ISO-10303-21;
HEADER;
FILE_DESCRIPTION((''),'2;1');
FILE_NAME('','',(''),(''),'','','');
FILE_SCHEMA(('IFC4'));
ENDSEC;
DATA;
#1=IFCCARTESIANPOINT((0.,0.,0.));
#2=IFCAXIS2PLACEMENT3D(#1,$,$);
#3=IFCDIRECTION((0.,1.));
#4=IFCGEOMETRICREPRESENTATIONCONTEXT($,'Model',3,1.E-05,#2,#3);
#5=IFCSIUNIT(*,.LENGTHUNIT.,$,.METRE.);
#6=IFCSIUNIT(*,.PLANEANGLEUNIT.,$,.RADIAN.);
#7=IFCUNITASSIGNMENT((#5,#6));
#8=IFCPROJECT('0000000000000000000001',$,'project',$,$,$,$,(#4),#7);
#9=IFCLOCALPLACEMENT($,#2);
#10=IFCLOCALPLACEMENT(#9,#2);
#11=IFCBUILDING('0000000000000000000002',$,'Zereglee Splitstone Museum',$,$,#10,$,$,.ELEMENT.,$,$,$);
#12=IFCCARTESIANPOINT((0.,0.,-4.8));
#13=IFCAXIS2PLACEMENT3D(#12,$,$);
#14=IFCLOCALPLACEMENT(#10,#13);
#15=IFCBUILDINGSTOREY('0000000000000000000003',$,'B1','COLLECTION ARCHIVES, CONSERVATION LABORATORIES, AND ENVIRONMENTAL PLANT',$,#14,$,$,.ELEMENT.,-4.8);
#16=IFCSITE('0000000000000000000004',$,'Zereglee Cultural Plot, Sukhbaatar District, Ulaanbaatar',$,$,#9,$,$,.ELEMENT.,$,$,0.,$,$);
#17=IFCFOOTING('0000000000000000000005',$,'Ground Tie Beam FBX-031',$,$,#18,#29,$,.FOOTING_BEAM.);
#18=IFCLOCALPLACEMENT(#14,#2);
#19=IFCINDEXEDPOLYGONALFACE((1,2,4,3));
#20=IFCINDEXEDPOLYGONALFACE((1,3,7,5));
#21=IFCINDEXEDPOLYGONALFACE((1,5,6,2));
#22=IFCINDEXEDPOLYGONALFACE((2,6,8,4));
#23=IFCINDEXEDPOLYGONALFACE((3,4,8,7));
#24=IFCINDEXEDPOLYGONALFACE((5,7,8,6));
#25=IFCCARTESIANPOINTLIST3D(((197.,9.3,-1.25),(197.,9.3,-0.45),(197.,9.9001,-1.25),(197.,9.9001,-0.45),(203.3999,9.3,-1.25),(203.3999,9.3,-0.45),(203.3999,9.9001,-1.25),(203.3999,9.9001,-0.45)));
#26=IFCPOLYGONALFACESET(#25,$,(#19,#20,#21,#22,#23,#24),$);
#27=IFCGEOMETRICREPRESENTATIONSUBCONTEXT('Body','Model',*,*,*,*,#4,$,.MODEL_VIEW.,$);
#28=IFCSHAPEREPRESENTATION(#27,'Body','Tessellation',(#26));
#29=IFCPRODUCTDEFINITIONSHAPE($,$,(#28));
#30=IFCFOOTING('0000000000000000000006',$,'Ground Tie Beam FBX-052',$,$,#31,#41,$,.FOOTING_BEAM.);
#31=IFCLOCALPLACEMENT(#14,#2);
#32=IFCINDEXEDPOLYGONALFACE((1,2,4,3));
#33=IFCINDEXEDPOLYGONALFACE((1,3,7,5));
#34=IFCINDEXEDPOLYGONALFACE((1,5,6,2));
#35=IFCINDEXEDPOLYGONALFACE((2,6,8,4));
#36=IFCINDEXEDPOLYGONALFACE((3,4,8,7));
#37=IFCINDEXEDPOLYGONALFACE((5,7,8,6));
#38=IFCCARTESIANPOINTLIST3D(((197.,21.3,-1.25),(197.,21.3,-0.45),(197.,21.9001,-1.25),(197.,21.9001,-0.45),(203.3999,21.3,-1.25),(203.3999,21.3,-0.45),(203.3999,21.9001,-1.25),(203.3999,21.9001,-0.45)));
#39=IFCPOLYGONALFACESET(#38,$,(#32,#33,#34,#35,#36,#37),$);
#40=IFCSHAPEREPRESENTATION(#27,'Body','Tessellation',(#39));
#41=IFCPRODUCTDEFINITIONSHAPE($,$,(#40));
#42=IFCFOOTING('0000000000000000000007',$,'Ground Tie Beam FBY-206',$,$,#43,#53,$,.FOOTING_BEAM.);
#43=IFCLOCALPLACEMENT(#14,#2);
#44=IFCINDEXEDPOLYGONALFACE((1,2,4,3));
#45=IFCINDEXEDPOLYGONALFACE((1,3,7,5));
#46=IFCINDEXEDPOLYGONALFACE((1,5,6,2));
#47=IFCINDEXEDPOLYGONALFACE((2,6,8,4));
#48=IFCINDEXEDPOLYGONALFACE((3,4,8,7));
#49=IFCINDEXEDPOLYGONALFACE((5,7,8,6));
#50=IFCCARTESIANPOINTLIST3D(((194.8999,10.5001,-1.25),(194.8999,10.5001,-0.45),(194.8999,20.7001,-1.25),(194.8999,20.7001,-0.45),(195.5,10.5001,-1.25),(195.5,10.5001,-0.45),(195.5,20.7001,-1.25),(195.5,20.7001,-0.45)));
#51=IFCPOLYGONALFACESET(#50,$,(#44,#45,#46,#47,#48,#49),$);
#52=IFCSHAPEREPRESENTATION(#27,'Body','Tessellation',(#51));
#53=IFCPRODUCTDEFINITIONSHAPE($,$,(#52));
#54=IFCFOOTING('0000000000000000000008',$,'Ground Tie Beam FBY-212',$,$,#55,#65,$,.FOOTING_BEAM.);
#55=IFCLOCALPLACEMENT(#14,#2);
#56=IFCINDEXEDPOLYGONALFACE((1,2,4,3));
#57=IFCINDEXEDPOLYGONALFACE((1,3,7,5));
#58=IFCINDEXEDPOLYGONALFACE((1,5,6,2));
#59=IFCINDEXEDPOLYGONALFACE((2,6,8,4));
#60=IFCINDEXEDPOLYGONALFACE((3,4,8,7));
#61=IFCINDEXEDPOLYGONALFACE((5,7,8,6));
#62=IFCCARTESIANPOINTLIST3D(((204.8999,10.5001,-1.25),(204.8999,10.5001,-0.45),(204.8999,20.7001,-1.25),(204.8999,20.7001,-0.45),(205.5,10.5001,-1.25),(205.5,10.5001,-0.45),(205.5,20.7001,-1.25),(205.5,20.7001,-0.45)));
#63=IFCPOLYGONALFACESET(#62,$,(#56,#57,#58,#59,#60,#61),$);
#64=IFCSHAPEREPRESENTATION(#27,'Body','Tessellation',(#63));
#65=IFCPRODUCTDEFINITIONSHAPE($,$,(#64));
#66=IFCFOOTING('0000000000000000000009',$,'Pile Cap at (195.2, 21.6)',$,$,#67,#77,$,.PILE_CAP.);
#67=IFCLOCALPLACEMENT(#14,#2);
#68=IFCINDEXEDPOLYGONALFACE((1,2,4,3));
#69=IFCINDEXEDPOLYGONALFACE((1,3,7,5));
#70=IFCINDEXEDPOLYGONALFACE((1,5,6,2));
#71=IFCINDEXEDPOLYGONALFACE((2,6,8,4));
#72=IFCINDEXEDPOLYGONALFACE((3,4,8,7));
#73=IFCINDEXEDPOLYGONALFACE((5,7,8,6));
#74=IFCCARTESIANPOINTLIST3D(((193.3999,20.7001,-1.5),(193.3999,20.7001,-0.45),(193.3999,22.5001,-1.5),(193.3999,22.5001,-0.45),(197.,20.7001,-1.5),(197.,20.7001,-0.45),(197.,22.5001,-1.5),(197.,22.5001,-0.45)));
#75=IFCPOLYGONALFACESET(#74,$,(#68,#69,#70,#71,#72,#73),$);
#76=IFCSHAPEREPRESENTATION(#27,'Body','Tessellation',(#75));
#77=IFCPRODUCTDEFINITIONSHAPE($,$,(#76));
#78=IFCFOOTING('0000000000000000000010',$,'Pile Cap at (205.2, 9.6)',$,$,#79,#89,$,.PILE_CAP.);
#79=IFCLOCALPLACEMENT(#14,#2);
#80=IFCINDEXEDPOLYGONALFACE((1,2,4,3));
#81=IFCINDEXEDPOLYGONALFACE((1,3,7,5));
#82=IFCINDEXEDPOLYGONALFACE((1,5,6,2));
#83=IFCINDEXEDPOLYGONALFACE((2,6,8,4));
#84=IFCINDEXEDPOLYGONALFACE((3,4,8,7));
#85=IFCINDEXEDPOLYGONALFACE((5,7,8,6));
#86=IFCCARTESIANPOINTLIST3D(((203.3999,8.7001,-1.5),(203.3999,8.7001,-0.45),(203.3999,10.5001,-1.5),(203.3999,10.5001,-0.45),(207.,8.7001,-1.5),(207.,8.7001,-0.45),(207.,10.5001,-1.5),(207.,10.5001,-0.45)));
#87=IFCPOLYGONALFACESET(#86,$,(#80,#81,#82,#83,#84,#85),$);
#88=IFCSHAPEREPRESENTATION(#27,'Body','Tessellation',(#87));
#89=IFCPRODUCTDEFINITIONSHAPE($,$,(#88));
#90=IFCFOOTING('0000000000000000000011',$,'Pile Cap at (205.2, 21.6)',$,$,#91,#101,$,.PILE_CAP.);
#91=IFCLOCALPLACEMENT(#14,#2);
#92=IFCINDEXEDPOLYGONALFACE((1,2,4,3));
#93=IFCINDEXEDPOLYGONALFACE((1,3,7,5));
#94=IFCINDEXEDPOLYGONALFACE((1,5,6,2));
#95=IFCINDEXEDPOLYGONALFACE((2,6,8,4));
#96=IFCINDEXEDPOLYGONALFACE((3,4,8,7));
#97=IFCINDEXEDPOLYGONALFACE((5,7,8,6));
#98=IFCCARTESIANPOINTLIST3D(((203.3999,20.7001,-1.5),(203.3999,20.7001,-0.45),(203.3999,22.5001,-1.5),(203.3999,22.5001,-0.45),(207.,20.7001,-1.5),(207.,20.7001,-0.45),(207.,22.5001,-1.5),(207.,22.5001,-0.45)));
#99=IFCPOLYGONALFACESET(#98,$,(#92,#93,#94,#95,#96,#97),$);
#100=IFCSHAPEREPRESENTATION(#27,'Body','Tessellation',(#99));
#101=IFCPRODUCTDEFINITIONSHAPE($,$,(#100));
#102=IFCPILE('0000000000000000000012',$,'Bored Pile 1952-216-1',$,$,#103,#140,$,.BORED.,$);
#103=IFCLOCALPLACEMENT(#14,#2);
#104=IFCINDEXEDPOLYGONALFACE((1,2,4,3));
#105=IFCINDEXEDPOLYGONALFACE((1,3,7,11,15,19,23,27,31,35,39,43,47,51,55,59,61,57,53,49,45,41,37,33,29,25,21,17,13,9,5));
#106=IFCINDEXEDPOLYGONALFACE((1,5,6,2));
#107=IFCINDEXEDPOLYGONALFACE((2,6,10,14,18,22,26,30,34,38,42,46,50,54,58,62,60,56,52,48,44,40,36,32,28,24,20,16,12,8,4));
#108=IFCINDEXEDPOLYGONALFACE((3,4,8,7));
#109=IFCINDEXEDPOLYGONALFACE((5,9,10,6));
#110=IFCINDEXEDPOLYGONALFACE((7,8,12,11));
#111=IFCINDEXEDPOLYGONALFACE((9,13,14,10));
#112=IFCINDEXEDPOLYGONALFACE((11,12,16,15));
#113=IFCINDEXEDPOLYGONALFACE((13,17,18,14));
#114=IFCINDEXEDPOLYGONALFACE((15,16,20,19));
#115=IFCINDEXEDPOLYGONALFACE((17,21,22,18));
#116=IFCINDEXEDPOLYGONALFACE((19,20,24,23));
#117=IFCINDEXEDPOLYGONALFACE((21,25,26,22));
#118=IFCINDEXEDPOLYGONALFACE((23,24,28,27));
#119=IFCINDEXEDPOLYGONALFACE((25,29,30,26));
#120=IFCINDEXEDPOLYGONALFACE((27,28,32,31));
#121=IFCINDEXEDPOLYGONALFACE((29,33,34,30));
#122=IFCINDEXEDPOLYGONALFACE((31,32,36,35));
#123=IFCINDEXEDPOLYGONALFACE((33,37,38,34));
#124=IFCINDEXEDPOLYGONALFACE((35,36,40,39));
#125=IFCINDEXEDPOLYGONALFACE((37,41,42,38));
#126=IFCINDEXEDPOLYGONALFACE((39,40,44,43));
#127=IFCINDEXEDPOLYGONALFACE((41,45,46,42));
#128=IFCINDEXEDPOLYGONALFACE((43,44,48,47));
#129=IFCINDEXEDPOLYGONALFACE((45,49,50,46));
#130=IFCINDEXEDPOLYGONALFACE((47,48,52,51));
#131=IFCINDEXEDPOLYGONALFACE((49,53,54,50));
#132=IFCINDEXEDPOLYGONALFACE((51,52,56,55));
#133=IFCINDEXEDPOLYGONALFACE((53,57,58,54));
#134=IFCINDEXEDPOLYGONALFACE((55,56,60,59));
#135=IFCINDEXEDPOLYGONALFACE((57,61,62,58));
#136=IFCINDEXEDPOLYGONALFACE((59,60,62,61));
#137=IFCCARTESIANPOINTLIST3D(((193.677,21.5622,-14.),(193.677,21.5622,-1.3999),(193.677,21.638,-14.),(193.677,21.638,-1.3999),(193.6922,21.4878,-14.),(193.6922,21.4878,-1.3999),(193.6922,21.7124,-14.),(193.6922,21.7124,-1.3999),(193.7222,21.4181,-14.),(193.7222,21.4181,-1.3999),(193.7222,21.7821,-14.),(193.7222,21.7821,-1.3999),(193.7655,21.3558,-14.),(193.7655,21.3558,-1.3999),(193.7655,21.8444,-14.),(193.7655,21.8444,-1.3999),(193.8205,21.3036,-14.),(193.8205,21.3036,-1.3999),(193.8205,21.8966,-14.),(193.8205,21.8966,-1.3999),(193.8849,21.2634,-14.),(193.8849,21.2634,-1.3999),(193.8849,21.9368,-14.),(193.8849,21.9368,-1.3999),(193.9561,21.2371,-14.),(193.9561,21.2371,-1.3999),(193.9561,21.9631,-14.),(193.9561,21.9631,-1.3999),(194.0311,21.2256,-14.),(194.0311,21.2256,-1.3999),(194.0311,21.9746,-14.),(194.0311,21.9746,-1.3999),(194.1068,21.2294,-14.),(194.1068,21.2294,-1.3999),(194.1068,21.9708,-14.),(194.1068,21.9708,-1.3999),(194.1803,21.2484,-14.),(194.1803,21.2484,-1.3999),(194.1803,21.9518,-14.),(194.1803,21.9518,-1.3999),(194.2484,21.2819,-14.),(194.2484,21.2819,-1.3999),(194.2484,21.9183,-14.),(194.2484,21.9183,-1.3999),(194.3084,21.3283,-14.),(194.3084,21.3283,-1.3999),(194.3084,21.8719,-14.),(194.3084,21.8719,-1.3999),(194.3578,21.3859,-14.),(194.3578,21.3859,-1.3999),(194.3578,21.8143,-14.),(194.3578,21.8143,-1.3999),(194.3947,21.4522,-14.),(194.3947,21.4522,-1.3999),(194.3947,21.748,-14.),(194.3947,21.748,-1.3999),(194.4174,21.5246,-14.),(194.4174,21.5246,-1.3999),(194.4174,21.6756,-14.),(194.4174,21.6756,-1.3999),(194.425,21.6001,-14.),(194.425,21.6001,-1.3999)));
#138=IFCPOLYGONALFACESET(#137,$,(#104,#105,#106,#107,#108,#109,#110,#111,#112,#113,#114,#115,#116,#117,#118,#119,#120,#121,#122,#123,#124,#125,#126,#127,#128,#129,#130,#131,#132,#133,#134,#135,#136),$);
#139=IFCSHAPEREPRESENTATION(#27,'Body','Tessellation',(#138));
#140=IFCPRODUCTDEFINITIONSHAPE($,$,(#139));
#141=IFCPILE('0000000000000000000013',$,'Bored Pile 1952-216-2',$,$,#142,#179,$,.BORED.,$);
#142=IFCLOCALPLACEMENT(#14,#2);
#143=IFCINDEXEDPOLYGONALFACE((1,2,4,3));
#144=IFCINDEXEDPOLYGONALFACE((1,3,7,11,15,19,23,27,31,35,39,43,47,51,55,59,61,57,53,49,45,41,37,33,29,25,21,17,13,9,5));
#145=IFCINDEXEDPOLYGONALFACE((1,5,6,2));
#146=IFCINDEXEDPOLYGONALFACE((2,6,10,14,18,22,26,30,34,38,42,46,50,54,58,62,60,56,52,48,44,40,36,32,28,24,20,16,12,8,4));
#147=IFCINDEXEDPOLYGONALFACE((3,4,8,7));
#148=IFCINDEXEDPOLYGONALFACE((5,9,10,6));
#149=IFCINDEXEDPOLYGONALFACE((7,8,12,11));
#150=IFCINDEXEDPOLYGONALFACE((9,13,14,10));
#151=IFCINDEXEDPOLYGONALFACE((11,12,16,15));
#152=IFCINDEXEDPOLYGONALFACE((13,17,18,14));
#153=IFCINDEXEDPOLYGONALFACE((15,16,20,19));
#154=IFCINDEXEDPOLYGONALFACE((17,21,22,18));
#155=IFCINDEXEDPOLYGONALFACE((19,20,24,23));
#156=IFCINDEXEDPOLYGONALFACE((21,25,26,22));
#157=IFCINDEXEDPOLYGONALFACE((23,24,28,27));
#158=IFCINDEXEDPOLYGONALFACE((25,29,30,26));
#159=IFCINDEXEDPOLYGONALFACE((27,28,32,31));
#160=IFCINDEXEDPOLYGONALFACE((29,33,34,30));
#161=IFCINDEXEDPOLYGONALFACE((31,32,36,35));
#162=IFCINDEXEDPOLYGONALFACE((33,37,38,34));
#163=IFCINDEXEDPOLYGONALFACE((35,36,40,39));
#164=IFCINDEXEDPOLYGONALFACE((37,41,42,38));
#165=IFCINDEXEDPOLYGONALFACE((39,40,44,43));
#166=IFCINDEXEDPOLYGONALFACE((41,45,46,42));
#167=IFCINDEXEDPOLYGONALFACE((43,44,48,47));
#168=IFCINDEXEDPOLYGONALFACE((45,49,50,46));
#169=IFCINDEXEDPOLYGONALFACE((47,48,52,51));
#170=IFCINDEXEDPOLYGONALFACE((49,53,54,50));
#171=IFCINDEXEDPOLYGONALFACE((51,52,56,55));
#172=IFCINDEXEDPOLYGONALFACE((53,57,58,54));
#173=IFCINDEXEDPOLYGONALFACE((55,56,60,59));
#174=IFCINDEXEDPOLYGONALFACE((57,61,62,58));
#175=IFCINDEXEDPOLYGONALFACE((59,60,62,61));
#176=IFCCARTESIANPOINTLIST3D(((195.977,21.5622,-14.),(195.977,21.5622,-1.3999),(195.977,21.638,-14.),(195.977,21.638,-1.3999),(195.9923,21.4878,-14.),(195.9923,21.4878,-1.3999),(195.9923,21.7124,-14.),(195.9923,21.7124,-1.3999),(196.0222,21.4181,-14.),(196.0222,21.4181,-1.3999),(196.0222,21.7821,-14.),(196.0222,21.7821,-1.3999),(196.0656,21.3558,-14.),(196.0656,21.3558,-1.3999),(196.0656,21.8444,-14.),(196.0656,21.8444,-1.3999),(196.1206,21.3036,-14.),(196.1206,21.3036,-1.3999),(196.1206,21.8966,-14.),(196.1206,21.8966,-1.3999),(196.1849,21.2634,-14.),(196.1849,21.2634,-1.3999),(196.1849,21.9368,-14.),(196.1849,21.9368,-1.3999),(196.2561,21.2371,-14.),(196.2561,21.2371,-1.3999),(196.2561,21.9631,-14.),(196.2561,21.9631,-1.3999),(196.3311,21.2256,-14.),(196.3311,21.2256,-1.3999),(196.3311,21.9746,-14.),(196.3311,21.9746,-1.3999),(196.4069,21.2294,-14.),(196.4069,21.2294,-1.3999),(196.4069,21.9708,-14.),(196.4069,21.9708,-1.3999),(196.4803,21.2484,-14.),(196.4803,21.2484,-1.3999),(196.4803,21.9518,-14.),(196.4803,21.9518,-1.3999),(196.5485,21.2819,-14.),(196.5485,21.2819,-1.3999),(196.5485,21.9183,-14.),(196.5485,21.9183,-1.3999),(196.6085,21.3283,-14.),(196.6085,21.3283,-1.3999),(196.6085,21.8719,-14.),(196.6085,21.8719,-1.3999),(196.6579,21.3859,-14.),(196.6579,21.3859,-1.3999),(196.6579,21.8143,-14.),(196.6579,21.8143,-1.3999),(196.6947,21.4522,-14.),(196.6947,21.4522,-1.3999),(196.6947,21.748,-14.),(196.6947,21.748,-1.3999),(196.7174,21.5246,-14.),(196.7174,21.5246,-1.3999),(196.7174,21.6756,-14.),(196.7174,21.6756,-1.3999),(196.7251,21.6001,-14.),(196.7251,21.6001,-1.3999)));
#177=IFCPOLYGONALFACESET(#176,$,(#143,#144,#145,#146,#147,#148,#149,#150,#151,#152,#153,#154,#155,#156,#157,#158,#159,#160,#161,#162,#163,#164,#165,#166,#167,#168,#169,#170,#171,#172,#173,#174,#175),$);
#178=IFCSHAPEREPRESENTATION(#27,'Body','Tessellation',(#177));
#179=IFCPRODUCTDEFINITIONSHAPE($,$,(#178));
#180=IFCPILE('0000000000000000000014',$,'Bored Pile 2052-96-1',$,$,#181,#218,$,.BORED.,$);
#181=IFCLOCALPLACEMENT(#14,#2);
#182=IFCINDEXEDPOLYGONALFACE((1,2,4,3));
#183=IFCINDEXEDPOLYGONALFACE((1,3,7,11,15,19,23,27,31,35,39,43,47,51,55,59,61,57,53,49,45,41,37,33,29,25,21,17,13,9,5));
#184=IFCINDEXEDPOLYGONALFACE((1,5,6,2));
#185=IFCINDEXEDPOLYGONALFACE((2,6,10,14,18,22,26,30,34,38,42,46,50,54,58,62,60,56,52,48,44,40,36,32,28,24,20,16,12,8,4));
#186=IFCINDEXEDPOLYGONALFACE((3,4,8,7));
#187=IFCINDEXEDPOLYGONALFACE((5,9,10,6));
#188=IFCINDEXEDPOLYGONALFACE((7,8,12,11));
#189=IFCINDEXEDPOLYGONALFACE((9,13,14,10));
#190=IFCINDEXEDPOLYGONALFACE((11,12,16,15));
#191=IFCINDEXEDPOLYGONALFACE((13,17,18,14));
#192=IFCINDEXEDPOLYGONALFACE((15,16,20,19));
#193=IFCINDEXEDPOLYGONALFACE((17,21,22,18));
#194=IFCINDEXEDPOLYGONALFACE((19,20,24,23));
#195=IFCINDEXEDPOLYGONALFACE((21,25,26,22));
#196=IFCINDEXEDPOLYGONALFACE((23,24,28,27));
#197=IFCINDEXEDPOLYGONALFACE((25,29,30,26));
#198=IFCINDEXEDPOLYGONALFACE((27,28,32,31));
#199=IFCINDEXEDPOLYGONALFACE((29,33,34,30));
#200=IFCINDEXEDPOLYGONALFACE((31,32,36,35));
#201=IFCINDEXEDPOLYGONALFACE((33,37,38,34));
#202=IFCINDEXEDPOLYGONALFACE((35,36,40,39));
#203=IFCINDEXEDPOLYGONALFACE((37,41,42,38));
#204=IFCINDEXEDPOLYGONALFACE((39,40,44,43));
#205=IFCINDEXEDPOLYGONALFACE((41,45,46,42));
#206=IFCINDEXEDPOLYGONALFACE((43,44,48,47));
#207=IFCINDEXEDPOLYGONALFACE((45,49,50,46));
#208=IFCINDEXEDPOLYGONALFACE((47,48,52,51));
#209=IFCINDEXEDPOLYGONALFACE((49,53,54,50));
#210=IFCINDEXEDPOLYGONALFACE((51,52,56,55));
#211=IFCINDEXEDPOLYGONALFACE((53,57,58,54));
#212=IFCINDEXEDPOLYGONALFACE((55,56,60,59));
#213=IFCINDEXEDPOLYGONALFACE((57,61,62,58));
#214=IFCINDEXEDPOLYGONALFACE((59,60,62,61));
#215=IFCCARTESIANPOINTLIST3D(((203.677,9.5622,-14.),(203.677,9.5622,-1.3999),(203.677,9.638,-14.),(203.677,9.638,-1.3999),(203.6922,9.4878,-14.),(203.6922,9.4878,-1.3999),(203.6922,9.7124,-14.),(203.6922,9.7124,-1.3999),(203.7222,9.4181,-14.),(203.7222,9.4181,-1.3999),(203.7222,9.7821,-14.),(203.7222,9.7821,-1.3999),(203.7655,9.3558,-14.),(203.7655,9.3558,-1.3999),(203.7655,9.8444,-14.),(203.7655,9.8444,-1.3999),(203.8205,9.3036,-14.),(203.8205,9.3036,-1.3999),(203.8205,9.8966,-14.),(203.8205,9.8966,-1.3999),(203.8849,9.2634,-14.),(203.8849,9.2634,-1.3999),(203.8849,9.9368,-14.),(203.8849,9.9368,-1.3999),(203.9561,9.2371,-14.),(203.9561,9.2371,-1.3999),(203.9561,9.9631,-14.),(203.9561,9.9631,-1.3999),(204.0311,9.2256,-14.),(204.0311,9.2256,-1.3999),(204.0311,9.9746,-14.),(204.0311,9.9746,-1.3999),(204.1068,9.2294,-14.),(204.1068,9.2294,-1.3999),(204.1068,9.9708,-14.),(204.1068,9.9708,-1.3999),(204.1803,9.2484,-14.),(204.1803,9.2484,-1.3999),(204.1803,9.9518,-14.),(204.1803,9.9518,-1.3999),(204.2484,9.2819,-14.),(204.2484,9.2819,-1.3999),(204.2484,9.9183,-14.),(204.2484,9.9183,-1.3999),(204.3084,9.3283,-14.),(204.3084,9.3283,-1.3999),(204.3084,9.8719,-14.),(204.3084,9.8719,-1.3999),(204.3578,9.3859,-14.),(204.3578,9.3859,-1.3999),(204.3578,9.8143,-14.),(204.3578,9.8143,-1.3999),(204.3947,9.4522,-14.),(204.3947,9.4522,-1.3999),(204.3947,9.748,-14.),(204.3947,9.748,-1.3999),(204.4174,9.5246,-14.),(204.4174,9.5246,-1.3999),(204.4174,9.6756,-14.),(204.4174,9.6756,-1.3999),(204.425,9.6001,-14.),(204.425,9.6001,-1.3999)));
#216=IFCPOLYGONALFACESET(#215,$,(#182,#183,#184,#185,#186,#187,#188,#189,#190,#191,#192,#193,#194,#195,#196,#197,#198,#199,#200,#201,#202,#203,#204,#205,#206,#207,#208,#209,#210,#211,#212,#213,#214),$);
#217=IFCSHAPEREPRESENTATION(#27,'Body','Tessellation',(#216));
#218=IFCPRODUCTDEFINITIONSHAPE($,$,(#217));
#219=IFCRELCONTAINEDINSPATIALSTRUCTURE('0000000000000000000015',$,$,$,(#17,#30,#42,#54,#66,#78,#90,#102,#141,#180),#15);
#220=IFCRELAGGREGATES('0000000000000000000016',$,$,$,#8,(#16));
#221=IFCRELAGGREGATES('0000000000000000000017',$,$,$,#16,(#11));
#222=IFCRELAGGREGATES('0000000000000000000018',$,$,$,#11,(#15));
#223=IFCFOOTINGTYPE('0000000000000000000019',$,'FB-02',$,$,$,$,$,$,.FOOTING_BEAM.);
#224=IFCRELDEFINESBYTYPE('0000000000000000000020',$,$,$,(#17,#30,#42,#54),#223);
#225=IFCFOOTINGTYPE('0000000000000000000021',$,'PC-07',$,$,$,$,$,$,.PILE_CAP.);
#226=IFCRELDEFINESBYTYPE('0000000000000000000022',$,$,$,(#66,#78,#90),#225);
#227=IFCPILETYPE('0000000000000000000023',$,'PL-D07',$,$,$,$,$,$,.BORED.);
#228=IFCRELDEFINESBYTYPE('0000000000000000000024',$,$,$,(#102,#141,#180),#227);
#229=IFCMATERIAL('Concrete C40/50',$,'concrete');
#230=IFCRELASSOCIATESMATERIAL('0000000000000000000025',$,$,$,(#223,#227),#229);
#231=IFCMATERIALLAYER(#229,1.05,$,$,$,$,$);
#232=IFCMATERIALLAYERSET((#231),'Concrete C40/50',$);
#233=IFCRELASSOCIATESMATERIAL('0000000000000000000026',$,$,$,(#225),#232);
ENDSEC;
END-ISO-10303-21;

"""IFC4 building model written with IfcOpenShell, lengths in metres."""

from ifc_helpers import new_model, si_unit, direction, frame, origin, origin_2d, place, context, subcontext, project, spatial, rectangle, circle, extrude, material, layer, layer_set, material_profile, profile_set, type_object, element, save


model = new_model("IFC4")

# Units and contexts
model_context = context("Model", 3, precision=1e-05, world=origin(), true_north=direction((0.0, 1.0)))
body_context = subcontext(model_context, "Body", "Model", "MODEL_VIEW")
ifc_project = project(units=[si_unit("LENGTHUNIT", "METRE"), si_unit("PLANEANGLEUNIT", "RADIAN")], contexts=[model_context])

# Site, building, storey
site_placement = place(None, origin())
site = spatial("IfcSite", under=ifc_project, at=site_placement, Name="Zereglee Cultural Plot, Sukhbaatar District, Ulaanbaatar", CompositionType="ELEMENT", RefElevation=0.0)
building_placement = place(site_placement, origin())
building = spatial("IfcBuilding", under=site, at=building_placement, Name="Zereglee Splitstone Museum", CompositionType="ELEMENT")
storey_placement = place(building_placement, frame((0.0, 0.0, -4.8)))
storey = spatial("IfcBuildingStorey", under=building, at=storey_placement, Name="B1", Description="COLLECTION ARCHIVES, CONSERVATION LABORATORIES, AND ENVIRONMENTAL PLANT", CompositionType="ELEMENT", Elevation=-4.8)

# Footings
ifc_material_1 = material(Name="Concrete C40/50", Category="concrete")
footing_type_1 = type_object("IfcFootingType", Name="FB-02", PredefinedType="FOOTING_BEAM", material=ifc_material_1)
for number, where, z_axis, x_axis, name in (
    (1, (200.2, 9.6001, -1.25), (0.0, 0.0, 1.0), (1.0, 0.0, 0.0), "Ground Tie Beam FBX-031"),
    (2, (200.2, 21.6001, -1.25), (0.0, 0.0, 1.0), (1.0, 0.0, 0.0), "Ground Tie Beam FBX-052"),
):
    element("IfcFooting", number, at=place(storey_placement, frame(where, z_axis=z_axis, x_axis=x_axis)), inside=storey, type_object=footing_type_1, Name=name, PredefinedType="FOOTING_BEAM", context=body_context, shape_type="SweptSolid", body=[
        extrude(rectangle(XDim=6.3999, YDim=0.6001, at=origin_2d()), origin(), (0.0, 0.0, 1.0), 0.8),
    ])
for number, where, z_axis, x_axis, name in (
    (3, (195.2, 15.6001, -1.25), (0.0, 0.0, 1.0), (0.0, 1.0, 0.0), "Ground Tie Beam FBY-206"),
    (4, (205.2, 15.6001, -1.25), (0.0, 0.0, 1.0), (0.0, 1.0, 0.0), "Ground Tie Beam FBY-212"),
):
    element("IfcFooting", number, at=place(storey_placement, frame(where, z_axis=z_axis, x_axis=x_axis)), inside=storey, type_object=footing_type_1, Name=name, PredefinedType="FOOTING_BEAM", context=body_context, shape_type="SweptSolid", body=[
        extrude(rectangle(XDim=10.2, YDim=0.6001, at=origin_2d()), origin(), (0.0, 0.0, 1.0), 0.8),
    ])
ifc_layer_1 = layer(ifc_material_1, 1.05)
ifc_layer_set_1 = layer_set([ifc_layer_1], Name="Concrete C40/50")
footing_type_2 = type_object("IfcFootingType", Name="PC-07", PredefinedType="PILE_CAP", material=ifc_layer_set_1)
for number, where, z_axis, x_axis, name in (
    (5, (195.2, 21.6001, -1.5), (0.0, 0.0, 1.0), (1.0, 0.0, 0.0), "Pile Cap at (195.2, 21.6)"),
    (6, (205.2, 9.6001, -1.5), (0.0, 0.0, 1.0), (1.0, 0.0, 0.0), "Pile Cap at (205.2, 9.6)"),
    (7, (205.2, 21.6001, -1.5), (0.0, 0.0, 1.0), (1.0, 0.0, 0.0), "Pile Cap at (205.2, 21.6)"),
):
    element("IfcFooting", number, at=place(storey_placement, frame(where, z_axis=z_axis, x_axis=x_axis)), inside=storey, type_object=footing_type_2, Name=name, PredefinedType="PILE_CAP", context=body_context, shape_type="SweptSolid", body=[
        extrude(rectangle(XDim=3.6001, YDim=1.8, at=origin_2d()), origin(), (0.0, 0.0, 1.0), 1.05),
    ])

# Piles
ifc_material_profile_1 = material_profile(ifc_material_1, circle(Radius=0.375, at=origin_2d()), Name="PILE D750")
ifc_profile_set_1 = profile_set([ifc_material_profile_1], Name="Concrete C40/50")
pile_type = type_object("IfcPileType", Name="PL-D07", PredefinedType="BORED", material=ifc_profile_set_1)
for number, where, z_axis, x_axis, name in (
    (8, (194.05, 21.6001, -1.3999), (0.0, 0.0, -1.0), (1.0, 0.0, 0.0), "Bored Pile 1952-216-1"),
    (9, (196.3501, 21.6001, -1.3999), (0.0, 0.0, -1.0), (1.0, 0.0, 0.0), "Bored Pile 1952-216-2"),
    (10, (204.05, 9.6001, -1.3999), (0.0, 0.0, -1.0), (1.0, 0.0, 0.0), "Bored Pile 2052-96-1"),
):
    element("IfcPile", number, at=place(storey_placement, frame(where, z_axis=z_axis, x_axis=x_axis)), inside=storey, type_object=pile_type, Name=name, PredefinedType="BORED", context=body_context, shape_type="SweptSolid", body=[
        extrude(circle(Radius=0.375, at=origin_2d()), origin(), (0.0, 0.0, 1.0), 12.6001),
    ])

save(model, "model.ifc")
